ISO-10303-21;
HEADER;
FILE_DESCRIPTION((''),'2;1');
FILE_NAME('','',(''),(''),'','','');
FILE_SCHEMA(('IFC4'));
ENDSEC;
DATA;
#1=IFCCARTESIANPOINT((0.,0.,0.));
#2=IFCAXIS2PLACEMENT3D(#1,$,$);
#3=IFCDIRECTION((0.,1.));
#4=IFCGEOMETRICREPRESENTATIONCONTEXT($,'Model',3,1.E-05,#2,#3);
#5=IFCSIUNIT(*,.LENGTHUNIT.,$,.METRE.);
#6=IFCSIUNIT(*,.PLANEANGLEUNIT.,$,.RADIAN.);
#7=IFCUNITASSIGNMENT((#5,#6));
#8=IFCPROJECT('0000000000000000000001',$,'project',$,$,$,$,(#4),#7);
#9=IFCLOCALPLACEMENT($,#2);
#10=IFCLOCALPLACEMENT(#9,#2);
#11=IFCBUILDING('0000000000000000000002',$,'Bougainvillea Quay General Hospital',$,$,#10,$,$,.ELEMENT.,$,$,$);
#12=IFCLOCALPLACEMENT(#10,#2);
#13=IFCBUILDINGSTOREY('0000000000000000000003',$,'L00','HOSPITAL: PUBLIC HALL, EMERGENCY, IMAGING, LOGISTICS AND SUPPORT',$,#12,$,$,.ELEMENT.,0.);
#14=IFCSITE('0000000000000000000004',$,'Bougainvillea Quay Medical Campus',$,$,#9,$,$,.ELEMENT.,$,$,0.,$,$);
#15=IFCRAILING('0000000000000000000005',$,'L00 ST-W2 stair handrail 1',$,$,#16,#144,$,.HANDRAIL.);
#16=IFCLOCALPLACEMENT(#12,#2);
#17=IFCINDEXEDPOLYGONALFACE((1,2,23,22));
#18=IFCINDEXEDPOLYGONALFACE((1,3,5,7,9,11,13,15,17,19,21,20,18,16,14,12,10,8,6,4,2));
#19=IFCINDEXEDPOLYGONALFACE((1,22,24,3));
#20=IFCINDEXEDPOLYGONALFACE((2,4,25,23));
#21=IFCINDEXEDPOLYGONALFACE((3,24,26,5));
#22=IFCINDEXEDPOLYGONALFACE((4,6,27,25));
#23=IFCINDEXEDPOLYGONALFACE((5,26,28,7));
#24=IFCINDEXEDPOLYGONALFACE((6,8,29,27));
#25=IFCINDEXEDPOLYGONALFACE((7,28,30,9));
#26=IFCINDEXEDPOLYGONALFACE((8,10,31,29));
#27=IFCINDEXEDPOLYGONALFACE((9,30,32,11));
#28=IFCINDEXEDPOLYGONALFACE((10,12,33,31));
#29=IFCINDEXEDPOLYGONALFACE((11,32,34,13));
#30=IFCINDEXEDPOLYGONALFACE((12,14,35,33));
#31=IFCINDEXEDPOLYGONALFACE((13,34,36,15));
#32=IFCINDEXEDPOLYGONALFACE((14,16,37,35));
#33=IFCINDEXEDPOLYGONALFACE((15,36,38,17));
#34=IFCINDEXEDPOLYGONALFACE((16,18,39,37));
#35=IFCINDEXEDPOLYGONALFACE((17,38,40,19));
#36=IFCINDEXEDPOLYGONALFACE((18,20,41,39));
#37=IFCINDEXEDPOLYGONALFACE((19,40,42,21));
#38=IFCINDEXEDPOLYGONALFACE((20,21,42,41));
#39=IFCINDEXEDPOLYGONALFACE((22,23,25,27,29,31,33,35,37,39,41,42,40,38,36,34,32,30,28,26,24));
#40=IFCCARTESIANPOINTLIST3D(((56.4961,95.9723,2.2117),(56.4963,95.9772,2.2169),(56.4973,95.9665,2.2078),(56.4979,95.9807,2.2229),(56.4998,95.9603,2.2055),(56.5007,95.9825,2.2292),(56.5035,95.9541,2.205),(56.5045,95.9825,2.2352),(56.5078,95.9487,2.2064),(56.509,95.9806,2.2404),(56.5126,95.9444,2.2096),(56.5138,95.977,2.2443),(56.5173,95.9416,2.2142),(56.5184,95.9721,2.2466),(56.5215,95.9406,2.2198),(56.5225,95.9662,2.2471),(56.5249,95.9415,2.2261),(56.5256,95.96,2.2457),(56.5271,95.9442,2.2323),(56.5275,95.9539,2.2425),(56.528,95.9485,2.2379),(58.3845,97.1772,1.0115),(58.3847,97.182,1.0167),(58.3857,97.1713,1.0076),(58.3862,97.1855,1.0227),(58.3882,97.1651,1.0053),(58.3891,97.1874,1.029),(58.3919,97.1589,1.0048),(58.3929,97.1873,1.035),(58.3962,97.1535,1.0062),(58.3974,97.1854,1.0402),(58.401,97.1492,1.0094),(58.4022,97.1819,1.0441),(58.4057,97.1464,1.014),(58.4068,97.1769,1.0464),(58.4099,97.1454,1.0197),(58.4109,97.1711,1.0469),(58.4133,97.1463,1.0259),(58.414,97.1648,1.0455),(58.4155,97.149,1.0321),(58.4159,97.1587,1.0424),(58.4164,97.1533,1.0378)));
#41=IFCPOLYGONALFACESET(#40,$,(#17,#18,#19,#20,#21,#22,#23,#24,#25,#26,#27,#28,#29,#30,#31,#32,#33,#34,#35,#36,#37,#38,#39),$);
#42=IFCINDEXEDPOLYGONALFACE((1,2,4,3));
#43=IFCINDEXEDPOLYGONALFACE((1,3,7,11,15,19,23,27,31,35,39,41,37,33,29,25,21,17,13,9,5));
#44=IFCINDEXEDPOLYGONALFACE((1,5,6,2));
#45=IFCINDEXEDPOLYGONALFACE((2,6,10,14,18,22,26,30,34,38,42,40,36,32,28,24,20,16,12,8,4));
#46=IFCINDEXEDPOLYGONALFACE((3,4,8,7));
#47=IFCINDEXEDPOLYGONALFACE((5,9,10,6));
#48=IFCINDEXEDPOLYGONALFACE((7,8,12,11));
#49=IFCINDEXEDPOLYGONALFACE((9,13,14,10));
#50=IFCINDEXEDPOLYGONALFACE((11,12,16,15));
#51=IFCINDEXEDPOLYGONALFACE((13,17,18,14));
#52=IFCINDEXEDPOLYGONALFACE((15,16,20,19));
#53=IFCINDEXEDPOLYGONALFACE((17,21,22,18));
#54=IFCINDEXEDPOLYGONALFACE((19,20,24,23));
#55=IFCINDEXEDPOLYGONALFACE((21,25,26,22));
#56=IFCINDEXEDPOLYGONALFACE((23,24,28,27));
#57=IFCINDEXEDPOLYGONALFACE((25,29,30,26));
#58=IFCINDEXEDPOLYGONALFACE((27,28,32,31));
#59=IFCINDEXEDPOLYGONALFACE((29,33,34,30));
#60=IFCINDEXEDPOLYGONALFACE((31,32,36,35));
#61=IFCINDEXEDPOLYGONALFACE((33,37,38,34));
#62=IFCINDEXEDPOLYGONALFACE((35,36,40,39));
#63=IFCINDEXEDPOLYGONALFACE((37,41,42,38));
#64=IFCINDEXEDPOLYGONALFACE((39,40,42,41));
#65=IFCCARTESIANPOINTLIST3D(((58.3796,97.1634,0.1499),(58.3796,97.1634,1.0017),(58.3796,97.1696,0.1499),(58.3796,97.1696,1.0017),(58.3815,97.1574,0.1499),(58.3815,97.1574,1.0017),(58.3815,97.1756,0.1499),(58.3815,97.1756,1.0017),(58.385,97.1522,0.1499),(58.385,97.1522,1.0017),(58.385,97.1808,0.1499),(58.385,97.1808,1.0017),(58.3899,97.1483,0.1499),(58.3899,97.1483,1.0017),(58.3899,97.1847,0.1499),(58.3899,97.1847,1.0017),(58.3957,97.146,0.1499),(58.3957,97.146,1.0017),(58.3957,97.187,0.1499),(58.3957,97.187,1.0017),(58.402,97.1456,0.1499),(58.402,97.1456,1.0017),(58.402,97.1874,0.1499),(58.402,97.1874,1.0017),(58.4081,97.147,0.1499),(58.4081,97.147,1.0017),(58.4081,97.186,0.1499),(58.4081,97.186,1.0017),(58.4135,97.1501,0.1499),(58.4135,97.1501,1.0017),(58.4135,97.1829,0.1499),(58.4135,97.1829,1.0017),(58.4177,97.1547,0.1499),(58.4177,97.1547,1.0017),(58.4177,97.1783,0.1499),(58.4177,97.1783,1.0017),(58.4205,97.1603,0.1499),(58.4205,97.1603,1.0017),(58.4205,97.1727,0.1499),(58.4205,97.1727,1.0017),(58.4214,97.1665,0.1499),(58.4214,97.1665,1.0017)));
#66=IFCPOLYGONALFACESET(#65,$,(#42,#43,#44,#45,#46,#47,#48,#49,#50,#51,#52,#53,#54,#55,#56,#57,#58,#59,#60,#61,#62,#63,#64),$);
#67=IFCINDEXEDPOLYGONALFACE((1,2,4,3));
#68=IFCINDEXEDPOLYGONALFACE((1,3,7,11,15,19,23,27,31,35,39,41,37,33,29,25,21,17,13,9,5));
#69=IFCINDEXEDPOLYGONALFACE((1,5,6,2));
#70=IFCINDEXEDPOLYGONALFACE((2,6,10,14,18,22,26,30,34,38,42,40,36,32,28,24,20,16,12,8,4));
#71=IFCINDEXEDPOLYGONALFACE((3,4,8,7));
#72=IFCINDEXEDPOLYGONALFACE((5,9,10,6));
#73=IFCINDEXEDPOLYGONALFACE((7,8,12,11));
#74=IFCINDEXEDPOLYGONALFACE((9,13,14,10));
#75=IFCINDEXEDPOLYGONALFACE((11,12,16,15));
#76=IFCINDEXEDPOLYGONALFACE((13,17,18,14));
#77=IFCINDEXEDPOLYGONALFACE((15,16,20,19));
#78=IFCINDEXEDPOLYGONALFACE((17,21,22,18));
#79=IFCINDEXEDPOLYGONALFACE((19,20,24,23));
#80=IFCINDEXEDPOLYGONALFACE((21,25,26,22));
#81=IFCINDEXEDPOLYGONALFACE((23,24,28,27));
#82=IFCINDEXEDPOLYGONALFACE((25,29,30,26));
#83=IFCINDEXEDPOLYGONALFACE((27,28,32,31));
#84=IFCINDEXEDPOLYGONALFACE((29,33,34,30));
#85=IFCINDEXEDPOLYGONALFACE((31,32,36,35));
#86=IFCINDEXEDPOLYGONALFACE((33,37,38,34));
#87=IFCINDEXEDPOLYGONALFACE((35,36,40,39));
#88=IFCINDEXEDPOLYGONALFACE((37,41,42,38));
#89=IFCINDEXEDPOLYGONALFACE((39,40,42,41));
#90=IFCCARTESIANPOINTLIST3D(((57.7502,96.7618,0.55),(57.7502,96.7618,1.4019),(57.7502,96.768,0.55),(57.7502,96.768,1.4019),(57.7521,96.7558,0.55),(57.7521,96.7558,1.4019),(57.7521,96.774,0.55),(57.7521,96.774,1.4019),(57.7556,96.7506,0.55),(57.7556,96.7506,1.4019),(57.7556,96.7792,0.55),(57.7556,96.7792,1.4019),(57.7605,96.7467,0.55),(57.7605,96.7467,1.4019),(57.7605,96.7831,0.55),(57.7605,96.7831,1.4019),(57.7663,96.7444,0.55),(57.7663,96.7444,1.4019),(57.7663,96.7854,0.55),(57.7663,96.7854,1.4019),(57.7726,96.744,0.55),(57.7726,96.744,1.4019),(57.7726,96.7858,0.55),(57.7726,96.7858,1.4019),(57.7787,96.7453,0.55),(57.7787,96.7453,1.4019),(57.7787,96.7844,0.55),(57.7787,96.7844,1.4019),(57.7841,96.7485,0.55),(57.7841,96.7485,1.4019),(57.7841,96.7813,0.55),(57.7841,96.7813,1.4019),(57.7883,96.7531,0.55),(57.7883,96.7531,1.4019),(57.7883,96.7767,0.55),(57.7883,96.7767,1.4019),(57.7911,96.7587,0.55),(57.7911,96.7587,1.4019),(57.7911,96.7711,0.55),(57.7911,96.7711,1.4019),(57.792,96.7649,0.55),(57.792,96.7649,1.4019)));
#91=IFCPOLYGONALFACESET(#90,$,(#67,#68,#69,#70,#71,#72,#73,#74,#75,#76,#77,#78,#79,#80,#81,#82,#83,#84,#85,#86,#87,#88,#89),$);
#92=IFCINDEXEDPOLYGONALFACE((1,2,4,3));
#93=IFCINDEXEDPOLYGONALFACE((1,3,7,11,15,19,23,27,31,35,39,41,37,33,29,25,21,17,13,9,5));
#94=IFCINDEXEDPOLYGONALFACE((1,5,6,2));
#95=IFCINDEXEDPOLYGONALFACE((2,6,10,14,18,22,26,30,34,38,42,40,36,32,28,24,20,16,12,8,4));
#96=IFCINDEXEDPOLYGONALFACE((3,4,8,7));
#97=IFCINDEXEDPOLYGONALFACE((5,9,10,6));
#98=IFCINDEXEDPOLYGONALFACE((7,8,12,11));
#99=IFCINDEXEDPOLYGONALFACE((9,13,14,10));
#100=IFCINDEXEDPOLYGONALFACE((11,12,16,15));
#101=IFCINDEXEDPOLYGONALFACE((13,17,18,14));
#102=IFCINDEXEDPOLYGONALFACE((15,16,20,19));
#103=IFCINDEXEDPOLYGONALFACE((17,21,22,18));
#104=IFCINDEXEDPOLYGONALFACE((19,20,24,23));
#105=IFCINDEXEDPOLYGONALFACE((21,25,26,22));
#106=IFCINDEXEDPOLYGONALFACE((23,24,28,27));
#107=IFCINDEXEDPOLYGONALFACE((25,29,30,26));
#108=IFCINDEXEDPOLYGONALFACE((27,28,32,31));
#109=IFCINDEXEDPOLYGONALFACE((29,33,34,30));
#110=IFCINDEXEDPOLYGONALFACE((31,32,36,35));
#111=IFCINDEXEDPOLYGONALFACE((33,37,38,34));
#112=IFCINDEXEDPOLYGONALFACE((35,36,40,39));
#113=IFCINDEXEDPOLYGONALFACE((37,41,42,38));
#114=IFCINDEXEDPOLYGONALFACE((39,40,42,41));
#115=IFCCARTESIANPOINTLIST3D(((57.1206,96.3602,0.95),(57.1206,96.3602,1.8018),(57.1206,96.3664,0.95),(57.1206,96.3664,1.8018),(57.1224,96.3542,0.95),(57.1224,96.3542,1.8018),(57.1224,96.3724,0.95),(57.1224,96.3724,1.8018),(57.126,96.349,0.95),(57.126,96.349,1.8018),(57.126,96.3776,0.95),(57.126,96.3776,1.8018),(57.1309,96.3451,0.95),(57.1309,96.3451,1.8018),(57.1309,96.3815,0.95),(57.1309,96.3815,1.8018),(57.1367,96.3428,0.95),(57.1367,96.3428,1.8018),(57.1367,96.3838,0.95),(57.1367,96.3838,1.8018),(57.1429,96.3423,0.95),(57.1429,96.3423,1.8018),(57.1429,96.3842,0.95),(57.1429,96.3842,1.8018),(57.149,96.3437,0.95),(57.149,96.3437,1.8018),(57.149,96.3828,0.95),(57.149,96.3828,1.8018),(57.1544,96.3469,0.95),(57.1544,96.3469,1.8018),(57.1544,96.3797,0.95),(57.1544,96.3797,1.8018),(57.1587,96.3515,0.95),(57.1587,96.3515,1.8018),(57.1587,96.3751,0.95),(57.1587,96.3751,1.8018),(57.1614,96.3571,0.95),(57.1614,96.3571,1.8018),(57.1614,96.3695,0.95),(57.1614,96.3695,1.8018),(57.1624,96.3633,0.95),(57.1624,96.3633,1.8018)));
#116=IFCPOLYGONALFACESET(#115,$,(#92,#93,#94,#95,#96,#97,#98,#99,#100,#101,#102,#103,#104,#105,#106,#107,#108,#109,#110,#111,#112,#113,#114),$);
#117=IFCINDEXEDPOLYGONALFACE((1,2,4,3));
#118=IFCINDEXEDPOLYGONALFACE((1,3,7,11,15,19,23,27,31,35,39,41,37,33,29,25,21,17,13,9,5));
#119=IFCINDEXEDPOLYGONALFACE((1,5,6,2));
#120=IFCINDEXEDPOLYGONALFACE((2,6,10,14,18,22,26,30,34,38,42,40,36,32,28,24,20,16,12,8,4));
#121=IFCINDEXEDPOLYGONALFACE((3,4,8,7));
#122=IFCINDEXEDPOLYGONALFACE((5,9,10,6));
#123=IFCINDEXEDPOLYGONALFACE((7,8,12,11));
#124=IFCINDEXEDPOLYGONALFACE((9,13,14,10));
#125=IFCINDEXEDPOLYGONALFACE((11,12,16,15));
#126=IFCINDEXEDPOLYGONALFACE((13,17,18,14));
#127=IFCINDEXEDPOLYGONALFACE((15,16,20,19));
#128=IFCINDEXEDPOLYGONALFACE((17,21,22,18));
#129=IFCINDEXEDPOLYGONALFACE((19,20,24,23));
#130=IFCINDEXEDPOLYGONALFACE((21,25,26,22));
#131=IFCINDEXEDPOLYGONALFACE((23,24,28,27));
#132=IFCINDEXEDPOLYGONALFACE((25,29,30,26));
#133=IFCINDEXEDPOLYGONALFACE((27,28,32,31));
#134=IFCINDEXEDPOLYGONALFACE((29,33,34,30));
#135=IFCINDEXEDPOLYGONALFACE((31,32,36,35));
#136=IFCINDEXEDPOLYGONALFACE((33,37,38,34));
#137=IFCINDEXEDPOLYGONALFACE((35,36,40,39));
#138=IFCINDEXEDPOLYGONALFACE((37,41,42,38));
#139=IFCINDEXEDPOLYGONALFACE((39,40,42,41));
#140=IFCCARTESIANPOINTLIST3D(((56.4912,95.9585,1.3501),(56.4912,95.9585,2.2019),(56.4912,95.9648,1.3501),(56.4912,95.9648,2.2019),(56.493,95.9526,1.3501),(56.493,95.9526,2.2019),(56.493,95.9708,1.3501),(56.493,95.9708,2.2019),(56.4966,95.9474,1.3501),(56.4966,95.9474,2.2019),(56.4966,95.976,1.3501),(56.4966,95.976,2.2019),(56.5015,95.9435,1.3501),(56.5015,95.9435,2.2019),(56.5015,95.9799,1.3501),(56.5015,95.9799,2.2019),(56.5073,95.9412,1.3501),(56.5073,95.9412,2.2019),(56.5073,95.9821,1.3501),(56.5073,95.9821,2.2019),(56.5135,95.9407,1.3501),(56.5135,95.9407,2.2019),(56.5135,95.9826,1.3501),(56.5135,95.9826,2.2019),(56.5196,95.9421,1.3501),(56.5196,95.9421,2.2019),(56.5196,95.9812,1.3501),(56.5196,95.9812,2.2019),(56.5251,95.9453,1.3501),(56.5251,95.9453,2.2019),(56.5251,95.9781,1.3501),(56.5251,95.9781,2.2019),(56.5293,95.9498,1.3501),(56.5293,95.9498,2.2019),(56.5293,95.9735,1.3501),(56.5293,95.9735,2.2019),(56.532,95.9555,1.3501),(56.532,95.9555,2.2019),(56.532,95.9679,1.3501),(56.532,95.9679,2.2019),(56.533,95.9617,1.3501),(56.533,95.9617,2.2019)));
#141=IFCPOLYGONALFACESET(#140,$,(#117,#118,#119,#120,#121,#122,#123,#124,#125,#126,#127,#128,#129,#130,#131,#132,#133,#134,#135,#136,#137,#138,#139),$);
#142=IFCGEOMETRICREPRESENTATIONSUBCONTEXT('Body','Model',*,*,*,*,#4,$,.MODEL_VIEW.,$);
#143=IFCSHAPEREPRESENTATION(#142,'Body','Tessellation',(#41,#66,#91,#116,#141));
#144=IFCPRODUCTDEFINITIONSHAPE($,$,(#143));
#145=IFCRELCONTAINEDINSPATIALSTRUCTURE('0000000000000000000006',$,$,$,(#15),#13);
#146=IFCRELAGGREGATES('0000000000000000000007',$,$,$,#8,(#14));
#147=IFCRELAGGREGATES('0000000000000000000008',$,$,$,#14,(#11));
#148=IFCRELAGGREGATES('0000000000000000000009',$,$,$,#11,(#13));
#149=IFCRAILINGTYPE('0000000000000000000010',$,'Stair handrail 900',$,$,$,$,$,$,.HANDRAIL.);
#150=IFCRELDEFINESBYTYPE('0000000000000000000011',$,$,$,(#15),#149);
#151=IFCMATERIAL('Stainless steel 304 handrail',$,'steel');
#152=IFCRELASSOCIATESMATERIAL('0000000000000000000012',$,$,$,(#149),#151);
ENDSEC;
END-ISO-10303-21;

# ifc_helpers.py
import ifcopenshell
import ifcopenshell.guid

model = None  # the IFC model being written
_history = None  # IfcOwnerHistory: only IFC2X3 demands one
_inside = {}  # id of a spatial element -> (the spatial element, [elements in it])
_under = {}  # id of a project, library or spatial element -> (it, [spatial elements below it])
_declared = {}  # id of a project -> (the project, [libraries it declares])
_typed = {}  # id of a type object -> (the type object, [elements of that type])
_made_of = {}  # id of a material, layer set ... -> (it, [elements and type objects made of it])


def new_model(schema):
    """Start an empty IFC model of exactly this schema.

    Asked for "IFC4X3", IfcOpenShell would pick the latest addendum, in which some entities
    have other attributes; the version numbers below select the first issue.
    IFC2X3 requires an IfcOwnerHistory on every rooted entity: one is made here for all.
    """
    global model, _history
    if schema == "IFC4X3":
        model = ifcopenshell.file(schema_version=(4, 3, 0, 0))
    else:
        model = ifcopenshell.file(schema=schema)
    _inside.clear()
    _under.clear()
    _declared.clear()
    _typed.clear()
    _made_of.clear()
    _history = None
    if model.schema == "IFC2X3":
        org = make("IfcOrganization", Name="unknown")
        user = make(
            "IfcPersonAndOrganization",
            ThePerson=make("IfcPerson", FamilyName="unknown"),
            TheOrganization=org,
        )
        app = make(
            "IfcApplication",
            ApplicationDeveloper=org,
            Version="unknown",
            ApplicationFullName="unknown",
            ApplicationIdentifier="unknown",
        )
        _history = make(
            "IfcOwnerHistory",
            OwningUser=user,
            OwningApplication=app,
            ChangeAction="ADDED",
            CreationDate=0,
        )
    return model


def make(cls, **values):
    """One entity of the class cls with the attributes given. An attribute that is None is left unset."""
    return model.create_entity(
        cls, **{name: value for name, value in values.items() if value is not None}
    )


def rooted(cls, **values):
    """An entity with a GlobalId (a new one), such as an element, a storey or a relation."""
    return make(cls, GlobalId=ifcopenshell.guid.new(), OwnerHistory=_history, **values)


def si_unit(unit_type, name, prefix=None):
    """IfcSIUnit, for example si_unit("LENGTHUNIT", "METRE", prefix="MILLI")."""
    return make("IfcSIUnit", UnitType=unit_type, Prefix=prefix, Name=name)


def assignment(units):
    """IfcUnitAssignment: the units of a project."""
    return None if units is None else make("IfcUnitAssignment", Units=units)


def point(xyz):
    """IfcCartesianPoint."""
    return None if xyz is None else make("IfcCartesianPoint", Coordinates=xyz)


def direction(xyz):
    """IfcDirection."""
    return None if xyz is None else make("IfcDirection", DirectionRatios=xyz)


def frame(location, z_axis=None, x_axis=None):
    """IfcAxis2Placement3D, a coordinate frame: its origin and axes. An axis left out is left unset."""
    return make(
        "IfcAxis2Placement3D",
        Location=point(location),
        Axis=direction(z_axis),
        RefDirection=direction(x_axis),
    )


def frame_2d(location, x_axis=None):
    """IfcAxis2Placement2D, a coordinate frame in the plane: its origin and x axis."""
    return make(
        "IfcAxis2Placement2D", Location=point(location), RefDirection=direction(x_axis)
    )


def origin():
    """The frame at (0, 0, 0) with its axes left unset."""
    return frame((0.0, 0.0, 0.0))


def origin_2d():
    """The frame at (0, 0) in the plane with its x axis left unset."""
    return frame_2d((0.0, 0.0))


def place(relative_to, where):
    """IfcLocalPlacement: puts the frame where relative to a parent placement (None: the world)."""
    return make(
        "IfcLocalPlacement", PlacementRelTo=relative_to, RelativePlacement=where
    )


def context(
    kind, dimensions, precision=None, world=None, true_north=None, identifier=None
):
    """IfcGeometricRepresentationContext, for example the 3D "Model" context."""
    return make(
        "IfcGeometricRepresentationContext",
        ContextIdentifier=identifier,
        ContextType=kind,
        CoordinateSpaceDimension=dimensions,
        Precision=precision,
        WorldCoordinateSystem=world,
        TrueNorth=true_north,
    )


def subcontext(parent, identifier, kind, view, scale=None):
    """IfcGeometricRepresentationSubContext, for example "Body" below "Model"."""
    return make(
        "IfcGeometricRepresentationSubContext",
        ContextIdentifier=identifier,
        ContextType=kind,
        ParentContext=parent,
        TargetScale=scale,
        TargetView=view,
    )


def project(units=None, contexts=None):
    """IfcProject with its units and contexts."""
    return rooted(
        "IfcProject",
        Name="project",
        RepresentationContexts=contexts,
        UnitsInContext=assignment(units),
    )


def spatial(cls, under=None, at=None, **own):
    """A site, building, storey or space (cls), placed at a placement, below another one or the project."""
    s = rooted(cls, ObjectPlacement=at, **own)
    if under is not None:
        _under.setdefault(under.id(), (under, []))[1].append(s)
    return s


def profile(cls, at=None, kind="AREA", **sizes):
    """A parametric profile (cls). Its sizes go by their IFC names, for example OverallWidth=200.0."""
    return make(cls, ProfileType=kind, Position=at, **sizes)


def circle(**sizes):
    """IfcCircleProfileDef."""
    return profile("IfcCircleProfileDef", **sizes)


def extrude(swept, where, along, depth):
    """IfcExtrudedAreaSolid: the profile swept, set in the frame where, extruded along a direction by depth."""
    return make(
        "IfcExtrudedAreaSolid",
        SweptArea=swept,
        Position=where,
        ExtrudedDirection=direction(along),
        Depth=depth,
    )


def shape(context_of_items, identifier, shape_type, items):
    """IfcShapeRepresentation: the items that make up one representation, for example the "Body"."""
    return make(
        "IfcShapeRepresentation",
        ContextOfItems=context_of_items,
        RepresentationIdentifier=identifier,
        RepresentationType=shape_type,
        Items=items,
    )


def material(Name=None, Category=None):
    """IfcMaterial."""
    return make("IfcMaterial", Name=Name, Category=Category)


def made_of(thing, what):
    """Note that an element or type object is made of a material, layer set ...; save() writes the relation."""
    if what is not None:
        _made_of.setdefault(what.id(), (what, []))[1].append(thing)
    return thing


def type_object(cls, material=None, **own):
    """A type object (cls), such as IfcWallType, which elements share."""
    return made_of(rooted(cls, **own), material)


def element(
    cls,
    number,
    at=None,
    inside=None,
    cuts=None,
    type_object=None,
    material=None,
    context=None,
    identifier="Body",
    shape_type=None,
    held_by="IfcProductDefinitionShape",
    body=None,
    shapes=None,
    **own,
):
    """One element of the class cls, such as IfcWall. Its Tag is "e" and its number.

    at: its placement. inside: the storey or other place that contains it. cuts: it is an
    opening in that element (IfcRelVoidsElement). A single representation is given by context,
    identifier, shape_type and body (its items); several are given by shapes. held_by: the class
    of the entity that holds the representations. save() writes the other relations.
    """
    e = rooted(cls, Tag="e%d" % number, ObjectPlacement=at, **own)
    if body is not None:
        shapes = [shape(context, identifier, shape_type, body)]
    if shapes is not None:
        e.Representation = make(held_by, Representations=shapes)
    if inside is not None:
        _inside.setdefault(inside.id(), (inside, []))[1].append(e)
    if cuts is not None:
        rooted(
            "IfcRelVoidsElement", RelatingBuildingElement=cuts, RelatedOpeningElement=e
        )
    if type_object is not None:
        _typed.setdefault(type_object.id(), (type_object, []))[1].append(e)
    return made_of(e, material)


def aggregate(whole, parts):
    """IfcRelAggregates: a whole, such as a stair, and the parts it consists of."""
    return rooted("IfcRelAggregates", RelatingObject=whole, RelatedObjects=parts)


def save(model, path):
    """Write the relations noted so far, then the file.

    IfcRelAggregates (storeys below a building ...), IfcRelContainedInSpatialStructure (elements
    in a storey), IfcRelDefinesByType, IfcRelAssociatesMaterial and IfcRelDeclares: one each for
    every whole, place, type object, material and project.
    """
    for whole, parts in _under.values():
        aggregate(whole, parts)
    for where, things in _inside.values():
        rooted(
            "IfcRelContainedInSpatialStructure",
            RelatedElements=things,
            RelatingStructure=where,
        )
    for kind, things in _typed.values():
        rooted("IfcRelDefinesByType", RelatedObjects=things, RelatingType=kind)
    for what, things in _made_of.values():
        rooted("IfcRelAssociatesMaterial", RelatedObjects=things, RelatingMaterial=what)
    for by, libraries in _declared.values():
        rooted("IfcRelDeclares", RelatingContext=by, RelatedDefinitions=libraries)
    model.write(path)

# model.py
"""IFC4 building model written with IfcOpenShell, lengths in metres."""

from ifc_helpers import new_model, si_unit, direction, frame, origin, origin_2d, place, context, subcontext, project, spatial, circle, extrude, material, type_object, element, save


model = new_model("IFC4")

# Units and contexts
model_context = context("Model", 3, precision=1e-05, world=origin(), true_north=direction((0.0, 1.0)))
body_context = subcontext(model_context, "Body", "Model", "MODEL_VIEW")
ifc_project = project(units=[si_unit("LENGTHUNIT", "METRE"), si_unit("PLANEANGLEUNIT", "RADIAN")], contexts=[model_context])

# Site, building, storey
site_placement = place(None, origin())
site = spatial("IfcSite", under=ifc_project, at=site_placement, Name="Bougainvillea Quay Medical Campus", CompositionType="ELEMENT", RefElevation=0.0)
building_placement = place(site_placement, origin())
building = spatial("IfcBuilding", under=site, at=building_placement, Name="Bougainvillea Quay General Hospital", CompositionType="ELEMENT")
storey_placement = place(building_placement, origin())
storey = spatial("IfcBuildingStorey", under=building, at=storey_placement, Name="L00", Description="HOSPITAL: PUBLIC HALL, EMERGENCY, IMAGING, LOGISTICS AND SUPPORT", CompositionType="ELEMENT", Elevation=0.0)

# Railing
ifc_material_1 = material(Name="Stainless steel 304 handrail", Category="steel")
railing_type_1 = type_object("IfcRailingType", Name="Stair handrail 900", PredefinedType="HANDRAIL", material=ifc_material_1)
railing_1_placement = place(storey_placement, frame((58.4004, 97.1665, 0.1499)))
element("IfcRailing", 1, at=railing_1_placement, inside=storey, type_object=railing_type_1, Name="L00 ST-W2 stair handrail 1", PredefinedType="HANDRAIL", context=body_context, shape_type="SweptSolid", body=[
    extrude(circle(Radius=0.0239, at=origin_2d()), frame((0.0, 0.0, 0.876), z_axis=(-0.743092, -0.4741, 0.472274), x_axis=(0.537862, -0.843033, 0.0)), (0.0, 0.0, 1.0), 2.5413),
    extrude(circle(Radius=0.021, at=origin_2d()), origin(), (0.0, 0.0, 1.0), 0.8518),
    extrude(circle(Radius=0.021, at=origin_2d()), frame((-0.6294, -0.4016, 0.4001)), (0.0, 0.0, 1.0), 0.8518),
    extrude(circle(Radius=0.021, at=origin_2d()), frame((-1.259, -0.8032, 0.8)), (0.0, 0.0, 1.0), 0.8518),
    extrude(circle(Radius=0.021, at=origin_2d()), frame((-1.8884, -1.2048, 1.2002)), (0.0, 0.0, 1.0), 0.8518),
])

save(model, "model.ifc")
